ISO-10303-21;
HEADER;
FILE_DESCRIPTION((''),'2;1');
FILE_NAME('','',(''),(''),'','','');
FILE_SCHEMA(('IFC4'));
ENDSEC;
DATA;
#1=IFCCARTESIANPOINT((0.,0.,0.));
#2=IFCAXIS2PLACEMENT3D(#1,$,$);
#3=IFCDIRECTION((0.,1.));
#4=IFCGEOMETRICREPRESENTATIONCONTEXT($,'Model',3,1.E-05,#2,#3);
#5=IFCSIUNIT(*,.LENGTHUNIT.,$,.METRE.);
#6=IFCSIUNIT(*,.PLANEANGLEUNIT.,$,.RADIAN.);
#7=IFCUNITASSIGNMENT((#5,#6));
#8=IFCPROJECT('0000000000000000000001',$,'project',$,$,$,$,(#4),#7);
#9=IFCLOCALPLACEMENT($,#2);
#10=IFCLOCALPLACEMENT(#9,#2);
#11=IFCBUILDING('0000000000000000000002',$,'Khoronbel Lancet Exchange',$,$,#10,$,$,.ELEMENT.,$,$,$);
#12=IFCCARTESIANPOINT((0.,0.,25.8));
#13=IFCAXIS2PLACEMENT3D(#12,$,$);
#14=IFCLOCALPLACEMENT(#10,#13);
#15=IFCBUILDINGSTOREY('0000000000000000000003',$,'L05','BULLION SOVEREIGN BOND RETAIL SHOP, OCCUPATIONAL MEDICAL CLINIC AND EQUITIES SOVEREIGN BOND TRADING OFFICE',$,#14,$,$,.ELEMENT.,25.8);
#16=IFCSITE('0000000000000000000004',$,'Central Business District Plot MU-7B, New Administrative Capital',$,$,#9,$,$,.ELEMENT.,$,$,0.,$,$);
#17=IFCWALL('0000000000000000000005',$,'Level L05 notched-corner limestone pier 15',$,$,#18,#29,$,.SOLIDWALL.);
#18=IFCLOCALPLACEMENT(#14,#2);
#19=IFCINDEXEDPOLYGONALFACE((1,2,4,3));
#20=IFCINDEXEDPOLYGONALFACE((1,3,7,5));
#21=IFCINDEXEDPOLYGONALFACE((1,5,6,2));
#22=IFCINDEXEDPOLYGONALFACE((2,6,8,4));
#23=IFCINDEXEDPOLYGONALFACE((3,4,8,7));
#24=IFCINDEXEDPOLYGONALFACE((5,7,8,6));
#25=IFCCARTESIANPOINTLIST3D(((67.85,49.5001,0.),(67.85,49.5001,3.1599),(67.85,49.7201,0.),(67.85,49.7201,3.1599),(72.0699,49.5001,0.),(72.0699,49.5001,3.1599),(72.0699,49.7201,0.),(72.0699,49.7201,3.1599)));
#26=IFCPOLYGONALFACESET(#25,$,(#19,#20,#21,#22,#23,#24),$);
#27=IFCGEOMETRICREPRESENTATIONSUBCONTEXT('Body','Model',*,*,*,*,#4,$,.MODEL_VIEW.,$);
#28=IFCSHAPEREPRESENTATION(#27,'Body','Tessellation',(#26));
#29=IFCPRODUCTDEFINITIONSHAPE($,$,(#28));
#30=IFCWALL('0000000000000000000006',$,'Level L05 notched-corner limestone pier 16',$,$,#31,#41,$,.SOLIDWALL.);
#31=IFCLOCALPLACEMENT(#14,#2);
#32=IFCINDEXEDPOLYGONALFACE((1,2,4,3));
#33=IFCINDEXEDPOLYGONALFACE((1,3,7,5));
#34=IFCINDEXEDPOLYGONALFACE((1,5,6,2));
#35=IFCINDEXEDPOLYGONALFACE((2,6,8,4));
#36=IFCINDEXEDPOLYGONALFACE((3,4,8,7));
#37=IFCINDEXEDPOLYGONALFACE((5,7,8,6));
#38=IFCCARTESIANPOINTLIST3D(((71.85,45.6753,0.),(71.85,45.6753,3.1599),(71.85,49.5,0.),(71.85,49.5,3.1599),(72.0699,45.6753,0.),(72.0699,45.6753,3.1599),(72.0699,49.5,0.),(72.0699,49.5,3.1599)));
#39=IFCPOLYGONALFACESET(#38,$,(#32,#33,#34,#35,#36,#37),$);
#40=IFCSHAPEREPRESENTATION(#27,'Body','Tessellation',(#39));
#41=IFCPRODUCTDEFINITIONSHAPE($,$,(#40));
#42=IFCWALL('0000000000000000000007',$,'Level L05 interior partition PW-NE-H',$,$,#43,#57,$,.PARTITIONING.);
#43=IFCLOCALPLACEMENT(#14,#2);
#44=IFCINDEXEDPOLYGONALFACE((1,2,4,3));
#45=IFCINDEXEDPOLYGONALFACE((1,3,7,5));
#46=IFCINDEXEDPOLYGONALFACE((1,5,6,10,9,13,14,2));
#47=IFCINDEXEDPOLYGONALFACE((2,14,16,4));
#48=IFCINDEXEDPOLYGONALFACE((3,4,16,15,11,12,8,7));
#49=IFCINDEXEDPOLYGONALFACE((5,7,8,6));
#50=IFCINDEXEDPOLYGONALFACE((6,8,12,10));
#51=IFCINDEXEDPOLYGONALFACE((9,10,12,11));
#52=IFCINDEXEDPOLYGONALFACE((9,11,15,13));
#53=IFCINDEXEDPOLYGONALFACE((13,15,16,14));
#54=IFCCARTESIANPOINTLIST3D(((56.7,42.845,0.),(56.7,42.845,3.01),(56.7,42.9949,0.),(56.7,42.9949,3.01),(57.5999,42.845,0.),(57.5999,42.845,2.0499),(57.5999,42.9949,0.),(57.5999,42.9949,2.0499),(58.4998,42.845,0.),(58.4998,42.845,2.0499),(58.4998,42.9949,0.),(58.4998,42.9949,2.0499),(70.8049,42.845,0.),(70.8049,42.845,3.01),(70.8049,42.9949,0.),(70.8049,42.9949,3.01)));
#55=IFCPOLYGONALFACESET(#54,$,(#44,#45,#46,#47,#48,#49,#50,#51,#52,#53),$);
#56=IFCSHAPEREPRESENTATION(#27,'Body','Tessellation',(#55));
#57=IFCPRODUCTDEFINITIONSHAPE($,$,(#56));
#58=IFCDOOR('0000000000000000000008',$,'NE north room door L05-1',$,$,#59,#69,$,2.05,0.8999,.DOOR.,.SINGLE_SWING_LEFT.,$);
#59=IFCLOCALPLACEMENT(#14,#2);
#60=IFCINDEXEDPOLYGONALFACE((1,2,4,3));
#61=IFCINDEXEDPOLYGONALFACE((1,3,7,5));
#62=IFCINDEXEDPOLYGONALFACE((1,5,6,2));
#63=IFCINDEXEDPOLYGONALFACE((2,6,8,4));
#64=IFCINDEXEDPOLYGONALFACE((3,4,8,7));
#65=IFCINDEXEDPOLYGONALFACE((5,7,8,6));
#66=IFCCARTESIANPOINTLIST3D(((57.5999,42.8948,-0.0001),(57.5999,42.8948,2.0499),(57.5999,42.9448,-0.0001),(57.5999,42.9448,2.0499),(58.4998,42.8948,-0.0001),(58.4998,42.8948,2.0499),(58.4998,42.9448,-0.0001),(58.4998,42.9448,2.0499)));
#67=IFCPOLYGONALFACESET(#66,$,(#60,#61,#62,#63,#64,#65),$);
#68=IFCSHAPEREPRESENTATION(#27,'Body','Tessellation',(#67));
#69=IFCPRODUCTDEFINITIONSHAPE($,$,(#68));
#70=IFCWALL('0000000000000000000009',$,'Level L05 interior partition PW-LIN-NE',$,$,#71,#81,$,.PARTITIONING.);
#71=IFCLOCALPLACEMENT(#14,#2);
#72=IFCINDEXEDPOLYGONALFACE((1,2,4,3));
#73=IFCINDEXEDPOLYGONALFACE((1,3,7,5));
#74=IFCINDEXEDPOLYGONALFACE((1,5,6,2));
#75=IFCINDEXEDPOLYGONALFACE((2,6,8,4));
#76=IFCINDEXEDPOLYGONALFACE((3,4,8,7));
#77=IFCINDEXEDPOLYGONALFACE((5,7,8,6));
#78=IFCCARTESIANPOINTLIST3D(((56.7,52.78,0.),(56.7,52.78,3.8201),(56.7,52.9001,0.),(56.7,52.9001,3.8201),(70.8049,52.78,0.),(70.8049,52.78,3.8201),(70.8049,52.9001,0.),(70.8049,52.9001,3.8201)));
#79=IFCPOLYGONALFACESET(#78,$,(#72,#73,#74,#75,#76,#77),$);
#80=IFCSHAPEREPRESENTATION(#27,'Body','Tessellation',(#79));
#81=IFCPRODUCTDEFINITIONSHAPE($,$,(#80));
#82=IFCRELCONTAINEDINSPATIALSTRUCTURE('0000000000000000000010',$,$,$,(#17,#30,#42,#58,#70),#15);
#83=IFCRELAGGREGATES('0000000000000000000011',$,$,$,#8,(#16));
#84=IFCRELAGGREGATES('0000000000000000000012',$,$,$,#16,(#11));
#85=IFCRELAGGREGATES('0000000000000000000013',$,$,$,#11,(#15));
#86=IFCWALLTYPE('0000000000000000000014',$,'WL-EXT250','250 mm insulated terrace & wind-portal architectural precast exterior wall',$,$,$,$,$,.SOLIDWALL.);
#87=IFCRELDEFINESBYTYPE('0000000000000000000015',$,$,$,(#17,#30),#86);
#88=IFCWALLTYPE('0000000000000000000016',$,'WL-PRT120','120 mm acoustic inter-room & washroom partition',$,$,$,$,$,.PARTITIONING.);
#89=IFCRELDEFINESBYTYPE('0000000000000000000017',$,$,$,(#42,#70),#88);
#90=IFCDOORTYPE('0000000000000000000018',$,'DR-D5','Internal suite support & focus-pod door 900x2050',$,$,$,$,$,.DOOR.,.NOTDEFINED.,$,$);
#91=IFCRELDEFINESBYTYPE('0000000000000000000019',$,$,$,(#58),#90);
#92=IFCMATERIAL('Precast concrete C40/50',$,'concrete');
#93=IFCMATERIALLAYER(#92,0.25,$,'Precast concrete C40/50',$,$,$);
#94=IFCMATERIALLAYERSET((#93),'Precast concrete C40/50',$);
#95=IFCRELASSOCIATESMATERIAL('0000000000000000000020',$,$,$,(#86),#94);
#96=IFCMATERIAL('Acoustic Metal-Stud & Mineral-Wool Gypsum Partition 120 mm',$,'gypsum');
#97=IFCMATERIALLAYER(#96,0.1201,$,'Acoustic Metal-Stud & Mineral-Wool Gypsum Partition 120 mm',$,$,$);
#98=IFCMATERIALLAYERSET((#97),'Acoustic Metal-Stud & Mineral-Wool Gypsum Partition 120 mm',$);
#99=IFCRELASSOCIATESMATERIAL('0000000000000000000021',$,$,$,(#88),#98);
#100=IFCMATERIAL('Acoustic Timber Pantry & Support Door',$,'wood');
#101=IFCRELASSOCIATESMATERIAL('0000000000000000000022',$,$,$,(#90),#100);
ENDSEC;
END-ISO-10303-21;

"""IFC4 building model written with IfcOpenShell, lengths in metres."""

from ifc_helpers import new_model, si_unit, direction, frame, frame_2d, origin, place, context, subcontext, project, spatial, rectangle, extrude, material, layer, layer_set, type_object, element, fill, save


model = new_model("IFC4")

# Units and contexts
model_context = context("Model", 3, precision=1e-05, world=origin(), true_north=direction((0.0, 1.0)))
body_context = subcontext(model_context, "Body", "Model", "MODEL_VIEW")
ifc_project = project(units=[si_unit("LENGTHUNIT", "METRE"), si_unit("PLANEANGLEUNIT", "RADIAN")], contexts=[model_context])

# Site, building, storey
site_placement = place(None, origin())
site = spatial("IfcSite", under=ifc_project, at=site_placement, Name="Central Business District Plot MU-7B, New Administrative Capital", CompositionType="ELEMENT", RefElevation=0.0)
building_placement = place(site_placement, origin())
building = spatial("IfcBuilding", under=site, at=building_placement, Name="Khoronbel Lancet Exchange", CompositionType="ELEMENT")
storey_placement = place(building_placement, frame((0.0, 0.0, 25.8)))
storey = spatial("IfcBuildingStorey", under=building, at=storey_placement, Name="L05", Description="BULLION SOVEREIGN BOND RETAIL SHOP, OCCUPATIONAL MEDICAL CLINIC AND EQUITIES SOVEREIGN BOND TRADING OFFICE", CompositionType="ELEMENT", Elevation=25.8)

# Walls
ifc_material_1 = material(Name="Precast concrete C40/50", Category="concrete")
ifc_layer_1 = layer(ifc_material_1, 0.25, Name="Precast concrete C40/50")
ifc_layer_set_1 = layer_set([ifc_layer_1], Name="Precast concrete C40/50")
wall_type_1 = type_object("IfcWallType", Name="WL-EXT250", Description="250 mm insulated terrace & wind-portal architectural precast exterior wall", PredefinedType="SOLIDWALL", material=ifc_layer_set_1)
wall_1_placement = place(storey_placement, frame((67.8501, 49.6101, 0.0), z_axis=(0.0, 0.0, 1.0), x_axis=(1.0, 0.0, 0.0)))
element("IfcWall", 1, at=wall_1_placement, inside=storey, type_object=wall_type_1, Name="Level L05 notched-corner limestone pier 15", PredefinedType="SOLIDWALL", context=body_context, shape_type="SweptSolid", body=[
    extrude(rectangle(XDim=4.22, YDim=0.22, at=frame_2d((2.1099, 0.0))), origin(), (0.0, 0.0, 1.0), 3.1599),
])
wall_2_placement = place(storey_placement, frame((71.96, 49.5, 0.0), z_axis=(0.0, 0.0, 1.0), x_axis=(0.0, -1.0, 0.0)))
element("IfcWall", 2, at=wall_2_placement, inside=storey, type_object=wall_type_1, Name="Level L05 notched-corner limestone pier 16", PredefinedType="SOLIDWALL", context=body_context, shape_type="SweptSolid", body=[
    extrude(rectangle(XDim=3.8247, YDim=0.22, at=frame_2d((1.9124, 0.0))), origin(), (0.0, 0.0, 1.0), 3.1599),
])

# Wall, opening, door
ifc_material_2 = material(Name="Acoustic Metal-Stud & Mineral-Wool Gypsum Partition 120 mm", Category="gypsum")
ifc_layer_2 = layer(ifc_material_2, 0.1201, Name="Acoustic Metal-Stud & Mineral-Wool Gypsum Partition 120 mm")
ifc_layer_set_2 = layer_set([ifc_layer_2], Name="Acoustic Metal-Stud & Mineral-Wool Gypsum Partition 120 mm")
wall_type_2 = type_object("IfcWallType", Name="WL-PRT120", Description="120 mm acoustic inter-room & washroom partition", PredefinedType="PARTITIONING", material=ifc_layer_set_2)
wall_3_placement = place(storey_placement, frame((56.7, 42.9199, 0.0), z_axis=(0.0, 0.0, 1.0), x_axis=(1.0, 0.0, 0.0)))
wall_3 = element("IfcWall", 3, at=wall_3_placement, inside=storey, type_object=wall_type_2, Name="Level L05 interior partition PW-NE-H", PredefinedType="PARTITIONING", context=body_context, shape_type="SweptSolid", body=[
    extrude(rectangle(XDim=14.105, YDim=0.1499, at=frame_2d((7.0525, 0.0))), origin(), (0.0, 0.0, 1.0), 3.01),
])
opening_placement = place(wall_3_placement, frame((0.8999, 0.0, 0.0)))
opening = element("IfcOpeningElement", 4, at=opening_placement, cuts=wall_3, PredefinedType="OPENING", context=body_context, shape_type="SweptSolid", body=[
    extrude(rectangle(XDim=0.8999, YDim=2.05, at=frame_2d((0.45, 1.0249))), frame((0.0, 0.085, 0.0), z_axis=(0.0, -1.0, 0.0), x_axis=(1.0, 0.0, 0.0)), (0.0, 0.0, 1.0), 0.1699),
])
ifc_material_3 = material(Name="Acoustic Timber Pantry & Support Door", Category="wood")
door_type = type_object("IfcDoorType", Name="DR-D5", Description="Internal suite support & focus-pod door 900x2050", OperationType="NOTDEFINED", PredefinedType="DOOR", material=ifc_material_3)
door_placement = place(opening_placement, origin())
door = element("IfcDoor", 5, at=door_placement, inside=storey, type_object=door_type, Name="NE north room door L05-1", OperationType="SINGLE_SWING_LEFT", OverallHeight=2.05, OverallWidth=0.8999, PredefinedType="DOOR", context=body_context, shape_type="SweptSolid", body=[
    extrude(rectangle(XDim=0.8999, YDim=2.05, at=frame_2d((0.45, 1.0249))), frame((0.0, 0.0249, 0.0), z_axis=(0.0, -1.0, 0.0), x_axis=(1.0, 0.0, 0.0)), (0.0, 0.0, 1.0), 0.05),
])
fill(opening, door)

# Wall
wall_4_placement = place(storey_placement, frame((56.7, 52.8401, 0.0), z_axis=(0.0, 0.0, 1.0), x_axis=(1.0, 0.0, 0.0)))
element("IfcWall", 6, at=wall_4_placement, inside=storey, type_object=wall_type_2, Name="Level L05 interior partition PW-LIN-NE", PredefinedType="PARTITIONING", context=body_context, shape_type="SweptSolid", body=[
    extrude(rectangle(XDim=14.105, YDim=0.1201, at=frame_2d((7.0525, 0.0))), origin(), (0.0, 0.0, 1.0), 3.8201),
])

save(model, "model.ifc")
